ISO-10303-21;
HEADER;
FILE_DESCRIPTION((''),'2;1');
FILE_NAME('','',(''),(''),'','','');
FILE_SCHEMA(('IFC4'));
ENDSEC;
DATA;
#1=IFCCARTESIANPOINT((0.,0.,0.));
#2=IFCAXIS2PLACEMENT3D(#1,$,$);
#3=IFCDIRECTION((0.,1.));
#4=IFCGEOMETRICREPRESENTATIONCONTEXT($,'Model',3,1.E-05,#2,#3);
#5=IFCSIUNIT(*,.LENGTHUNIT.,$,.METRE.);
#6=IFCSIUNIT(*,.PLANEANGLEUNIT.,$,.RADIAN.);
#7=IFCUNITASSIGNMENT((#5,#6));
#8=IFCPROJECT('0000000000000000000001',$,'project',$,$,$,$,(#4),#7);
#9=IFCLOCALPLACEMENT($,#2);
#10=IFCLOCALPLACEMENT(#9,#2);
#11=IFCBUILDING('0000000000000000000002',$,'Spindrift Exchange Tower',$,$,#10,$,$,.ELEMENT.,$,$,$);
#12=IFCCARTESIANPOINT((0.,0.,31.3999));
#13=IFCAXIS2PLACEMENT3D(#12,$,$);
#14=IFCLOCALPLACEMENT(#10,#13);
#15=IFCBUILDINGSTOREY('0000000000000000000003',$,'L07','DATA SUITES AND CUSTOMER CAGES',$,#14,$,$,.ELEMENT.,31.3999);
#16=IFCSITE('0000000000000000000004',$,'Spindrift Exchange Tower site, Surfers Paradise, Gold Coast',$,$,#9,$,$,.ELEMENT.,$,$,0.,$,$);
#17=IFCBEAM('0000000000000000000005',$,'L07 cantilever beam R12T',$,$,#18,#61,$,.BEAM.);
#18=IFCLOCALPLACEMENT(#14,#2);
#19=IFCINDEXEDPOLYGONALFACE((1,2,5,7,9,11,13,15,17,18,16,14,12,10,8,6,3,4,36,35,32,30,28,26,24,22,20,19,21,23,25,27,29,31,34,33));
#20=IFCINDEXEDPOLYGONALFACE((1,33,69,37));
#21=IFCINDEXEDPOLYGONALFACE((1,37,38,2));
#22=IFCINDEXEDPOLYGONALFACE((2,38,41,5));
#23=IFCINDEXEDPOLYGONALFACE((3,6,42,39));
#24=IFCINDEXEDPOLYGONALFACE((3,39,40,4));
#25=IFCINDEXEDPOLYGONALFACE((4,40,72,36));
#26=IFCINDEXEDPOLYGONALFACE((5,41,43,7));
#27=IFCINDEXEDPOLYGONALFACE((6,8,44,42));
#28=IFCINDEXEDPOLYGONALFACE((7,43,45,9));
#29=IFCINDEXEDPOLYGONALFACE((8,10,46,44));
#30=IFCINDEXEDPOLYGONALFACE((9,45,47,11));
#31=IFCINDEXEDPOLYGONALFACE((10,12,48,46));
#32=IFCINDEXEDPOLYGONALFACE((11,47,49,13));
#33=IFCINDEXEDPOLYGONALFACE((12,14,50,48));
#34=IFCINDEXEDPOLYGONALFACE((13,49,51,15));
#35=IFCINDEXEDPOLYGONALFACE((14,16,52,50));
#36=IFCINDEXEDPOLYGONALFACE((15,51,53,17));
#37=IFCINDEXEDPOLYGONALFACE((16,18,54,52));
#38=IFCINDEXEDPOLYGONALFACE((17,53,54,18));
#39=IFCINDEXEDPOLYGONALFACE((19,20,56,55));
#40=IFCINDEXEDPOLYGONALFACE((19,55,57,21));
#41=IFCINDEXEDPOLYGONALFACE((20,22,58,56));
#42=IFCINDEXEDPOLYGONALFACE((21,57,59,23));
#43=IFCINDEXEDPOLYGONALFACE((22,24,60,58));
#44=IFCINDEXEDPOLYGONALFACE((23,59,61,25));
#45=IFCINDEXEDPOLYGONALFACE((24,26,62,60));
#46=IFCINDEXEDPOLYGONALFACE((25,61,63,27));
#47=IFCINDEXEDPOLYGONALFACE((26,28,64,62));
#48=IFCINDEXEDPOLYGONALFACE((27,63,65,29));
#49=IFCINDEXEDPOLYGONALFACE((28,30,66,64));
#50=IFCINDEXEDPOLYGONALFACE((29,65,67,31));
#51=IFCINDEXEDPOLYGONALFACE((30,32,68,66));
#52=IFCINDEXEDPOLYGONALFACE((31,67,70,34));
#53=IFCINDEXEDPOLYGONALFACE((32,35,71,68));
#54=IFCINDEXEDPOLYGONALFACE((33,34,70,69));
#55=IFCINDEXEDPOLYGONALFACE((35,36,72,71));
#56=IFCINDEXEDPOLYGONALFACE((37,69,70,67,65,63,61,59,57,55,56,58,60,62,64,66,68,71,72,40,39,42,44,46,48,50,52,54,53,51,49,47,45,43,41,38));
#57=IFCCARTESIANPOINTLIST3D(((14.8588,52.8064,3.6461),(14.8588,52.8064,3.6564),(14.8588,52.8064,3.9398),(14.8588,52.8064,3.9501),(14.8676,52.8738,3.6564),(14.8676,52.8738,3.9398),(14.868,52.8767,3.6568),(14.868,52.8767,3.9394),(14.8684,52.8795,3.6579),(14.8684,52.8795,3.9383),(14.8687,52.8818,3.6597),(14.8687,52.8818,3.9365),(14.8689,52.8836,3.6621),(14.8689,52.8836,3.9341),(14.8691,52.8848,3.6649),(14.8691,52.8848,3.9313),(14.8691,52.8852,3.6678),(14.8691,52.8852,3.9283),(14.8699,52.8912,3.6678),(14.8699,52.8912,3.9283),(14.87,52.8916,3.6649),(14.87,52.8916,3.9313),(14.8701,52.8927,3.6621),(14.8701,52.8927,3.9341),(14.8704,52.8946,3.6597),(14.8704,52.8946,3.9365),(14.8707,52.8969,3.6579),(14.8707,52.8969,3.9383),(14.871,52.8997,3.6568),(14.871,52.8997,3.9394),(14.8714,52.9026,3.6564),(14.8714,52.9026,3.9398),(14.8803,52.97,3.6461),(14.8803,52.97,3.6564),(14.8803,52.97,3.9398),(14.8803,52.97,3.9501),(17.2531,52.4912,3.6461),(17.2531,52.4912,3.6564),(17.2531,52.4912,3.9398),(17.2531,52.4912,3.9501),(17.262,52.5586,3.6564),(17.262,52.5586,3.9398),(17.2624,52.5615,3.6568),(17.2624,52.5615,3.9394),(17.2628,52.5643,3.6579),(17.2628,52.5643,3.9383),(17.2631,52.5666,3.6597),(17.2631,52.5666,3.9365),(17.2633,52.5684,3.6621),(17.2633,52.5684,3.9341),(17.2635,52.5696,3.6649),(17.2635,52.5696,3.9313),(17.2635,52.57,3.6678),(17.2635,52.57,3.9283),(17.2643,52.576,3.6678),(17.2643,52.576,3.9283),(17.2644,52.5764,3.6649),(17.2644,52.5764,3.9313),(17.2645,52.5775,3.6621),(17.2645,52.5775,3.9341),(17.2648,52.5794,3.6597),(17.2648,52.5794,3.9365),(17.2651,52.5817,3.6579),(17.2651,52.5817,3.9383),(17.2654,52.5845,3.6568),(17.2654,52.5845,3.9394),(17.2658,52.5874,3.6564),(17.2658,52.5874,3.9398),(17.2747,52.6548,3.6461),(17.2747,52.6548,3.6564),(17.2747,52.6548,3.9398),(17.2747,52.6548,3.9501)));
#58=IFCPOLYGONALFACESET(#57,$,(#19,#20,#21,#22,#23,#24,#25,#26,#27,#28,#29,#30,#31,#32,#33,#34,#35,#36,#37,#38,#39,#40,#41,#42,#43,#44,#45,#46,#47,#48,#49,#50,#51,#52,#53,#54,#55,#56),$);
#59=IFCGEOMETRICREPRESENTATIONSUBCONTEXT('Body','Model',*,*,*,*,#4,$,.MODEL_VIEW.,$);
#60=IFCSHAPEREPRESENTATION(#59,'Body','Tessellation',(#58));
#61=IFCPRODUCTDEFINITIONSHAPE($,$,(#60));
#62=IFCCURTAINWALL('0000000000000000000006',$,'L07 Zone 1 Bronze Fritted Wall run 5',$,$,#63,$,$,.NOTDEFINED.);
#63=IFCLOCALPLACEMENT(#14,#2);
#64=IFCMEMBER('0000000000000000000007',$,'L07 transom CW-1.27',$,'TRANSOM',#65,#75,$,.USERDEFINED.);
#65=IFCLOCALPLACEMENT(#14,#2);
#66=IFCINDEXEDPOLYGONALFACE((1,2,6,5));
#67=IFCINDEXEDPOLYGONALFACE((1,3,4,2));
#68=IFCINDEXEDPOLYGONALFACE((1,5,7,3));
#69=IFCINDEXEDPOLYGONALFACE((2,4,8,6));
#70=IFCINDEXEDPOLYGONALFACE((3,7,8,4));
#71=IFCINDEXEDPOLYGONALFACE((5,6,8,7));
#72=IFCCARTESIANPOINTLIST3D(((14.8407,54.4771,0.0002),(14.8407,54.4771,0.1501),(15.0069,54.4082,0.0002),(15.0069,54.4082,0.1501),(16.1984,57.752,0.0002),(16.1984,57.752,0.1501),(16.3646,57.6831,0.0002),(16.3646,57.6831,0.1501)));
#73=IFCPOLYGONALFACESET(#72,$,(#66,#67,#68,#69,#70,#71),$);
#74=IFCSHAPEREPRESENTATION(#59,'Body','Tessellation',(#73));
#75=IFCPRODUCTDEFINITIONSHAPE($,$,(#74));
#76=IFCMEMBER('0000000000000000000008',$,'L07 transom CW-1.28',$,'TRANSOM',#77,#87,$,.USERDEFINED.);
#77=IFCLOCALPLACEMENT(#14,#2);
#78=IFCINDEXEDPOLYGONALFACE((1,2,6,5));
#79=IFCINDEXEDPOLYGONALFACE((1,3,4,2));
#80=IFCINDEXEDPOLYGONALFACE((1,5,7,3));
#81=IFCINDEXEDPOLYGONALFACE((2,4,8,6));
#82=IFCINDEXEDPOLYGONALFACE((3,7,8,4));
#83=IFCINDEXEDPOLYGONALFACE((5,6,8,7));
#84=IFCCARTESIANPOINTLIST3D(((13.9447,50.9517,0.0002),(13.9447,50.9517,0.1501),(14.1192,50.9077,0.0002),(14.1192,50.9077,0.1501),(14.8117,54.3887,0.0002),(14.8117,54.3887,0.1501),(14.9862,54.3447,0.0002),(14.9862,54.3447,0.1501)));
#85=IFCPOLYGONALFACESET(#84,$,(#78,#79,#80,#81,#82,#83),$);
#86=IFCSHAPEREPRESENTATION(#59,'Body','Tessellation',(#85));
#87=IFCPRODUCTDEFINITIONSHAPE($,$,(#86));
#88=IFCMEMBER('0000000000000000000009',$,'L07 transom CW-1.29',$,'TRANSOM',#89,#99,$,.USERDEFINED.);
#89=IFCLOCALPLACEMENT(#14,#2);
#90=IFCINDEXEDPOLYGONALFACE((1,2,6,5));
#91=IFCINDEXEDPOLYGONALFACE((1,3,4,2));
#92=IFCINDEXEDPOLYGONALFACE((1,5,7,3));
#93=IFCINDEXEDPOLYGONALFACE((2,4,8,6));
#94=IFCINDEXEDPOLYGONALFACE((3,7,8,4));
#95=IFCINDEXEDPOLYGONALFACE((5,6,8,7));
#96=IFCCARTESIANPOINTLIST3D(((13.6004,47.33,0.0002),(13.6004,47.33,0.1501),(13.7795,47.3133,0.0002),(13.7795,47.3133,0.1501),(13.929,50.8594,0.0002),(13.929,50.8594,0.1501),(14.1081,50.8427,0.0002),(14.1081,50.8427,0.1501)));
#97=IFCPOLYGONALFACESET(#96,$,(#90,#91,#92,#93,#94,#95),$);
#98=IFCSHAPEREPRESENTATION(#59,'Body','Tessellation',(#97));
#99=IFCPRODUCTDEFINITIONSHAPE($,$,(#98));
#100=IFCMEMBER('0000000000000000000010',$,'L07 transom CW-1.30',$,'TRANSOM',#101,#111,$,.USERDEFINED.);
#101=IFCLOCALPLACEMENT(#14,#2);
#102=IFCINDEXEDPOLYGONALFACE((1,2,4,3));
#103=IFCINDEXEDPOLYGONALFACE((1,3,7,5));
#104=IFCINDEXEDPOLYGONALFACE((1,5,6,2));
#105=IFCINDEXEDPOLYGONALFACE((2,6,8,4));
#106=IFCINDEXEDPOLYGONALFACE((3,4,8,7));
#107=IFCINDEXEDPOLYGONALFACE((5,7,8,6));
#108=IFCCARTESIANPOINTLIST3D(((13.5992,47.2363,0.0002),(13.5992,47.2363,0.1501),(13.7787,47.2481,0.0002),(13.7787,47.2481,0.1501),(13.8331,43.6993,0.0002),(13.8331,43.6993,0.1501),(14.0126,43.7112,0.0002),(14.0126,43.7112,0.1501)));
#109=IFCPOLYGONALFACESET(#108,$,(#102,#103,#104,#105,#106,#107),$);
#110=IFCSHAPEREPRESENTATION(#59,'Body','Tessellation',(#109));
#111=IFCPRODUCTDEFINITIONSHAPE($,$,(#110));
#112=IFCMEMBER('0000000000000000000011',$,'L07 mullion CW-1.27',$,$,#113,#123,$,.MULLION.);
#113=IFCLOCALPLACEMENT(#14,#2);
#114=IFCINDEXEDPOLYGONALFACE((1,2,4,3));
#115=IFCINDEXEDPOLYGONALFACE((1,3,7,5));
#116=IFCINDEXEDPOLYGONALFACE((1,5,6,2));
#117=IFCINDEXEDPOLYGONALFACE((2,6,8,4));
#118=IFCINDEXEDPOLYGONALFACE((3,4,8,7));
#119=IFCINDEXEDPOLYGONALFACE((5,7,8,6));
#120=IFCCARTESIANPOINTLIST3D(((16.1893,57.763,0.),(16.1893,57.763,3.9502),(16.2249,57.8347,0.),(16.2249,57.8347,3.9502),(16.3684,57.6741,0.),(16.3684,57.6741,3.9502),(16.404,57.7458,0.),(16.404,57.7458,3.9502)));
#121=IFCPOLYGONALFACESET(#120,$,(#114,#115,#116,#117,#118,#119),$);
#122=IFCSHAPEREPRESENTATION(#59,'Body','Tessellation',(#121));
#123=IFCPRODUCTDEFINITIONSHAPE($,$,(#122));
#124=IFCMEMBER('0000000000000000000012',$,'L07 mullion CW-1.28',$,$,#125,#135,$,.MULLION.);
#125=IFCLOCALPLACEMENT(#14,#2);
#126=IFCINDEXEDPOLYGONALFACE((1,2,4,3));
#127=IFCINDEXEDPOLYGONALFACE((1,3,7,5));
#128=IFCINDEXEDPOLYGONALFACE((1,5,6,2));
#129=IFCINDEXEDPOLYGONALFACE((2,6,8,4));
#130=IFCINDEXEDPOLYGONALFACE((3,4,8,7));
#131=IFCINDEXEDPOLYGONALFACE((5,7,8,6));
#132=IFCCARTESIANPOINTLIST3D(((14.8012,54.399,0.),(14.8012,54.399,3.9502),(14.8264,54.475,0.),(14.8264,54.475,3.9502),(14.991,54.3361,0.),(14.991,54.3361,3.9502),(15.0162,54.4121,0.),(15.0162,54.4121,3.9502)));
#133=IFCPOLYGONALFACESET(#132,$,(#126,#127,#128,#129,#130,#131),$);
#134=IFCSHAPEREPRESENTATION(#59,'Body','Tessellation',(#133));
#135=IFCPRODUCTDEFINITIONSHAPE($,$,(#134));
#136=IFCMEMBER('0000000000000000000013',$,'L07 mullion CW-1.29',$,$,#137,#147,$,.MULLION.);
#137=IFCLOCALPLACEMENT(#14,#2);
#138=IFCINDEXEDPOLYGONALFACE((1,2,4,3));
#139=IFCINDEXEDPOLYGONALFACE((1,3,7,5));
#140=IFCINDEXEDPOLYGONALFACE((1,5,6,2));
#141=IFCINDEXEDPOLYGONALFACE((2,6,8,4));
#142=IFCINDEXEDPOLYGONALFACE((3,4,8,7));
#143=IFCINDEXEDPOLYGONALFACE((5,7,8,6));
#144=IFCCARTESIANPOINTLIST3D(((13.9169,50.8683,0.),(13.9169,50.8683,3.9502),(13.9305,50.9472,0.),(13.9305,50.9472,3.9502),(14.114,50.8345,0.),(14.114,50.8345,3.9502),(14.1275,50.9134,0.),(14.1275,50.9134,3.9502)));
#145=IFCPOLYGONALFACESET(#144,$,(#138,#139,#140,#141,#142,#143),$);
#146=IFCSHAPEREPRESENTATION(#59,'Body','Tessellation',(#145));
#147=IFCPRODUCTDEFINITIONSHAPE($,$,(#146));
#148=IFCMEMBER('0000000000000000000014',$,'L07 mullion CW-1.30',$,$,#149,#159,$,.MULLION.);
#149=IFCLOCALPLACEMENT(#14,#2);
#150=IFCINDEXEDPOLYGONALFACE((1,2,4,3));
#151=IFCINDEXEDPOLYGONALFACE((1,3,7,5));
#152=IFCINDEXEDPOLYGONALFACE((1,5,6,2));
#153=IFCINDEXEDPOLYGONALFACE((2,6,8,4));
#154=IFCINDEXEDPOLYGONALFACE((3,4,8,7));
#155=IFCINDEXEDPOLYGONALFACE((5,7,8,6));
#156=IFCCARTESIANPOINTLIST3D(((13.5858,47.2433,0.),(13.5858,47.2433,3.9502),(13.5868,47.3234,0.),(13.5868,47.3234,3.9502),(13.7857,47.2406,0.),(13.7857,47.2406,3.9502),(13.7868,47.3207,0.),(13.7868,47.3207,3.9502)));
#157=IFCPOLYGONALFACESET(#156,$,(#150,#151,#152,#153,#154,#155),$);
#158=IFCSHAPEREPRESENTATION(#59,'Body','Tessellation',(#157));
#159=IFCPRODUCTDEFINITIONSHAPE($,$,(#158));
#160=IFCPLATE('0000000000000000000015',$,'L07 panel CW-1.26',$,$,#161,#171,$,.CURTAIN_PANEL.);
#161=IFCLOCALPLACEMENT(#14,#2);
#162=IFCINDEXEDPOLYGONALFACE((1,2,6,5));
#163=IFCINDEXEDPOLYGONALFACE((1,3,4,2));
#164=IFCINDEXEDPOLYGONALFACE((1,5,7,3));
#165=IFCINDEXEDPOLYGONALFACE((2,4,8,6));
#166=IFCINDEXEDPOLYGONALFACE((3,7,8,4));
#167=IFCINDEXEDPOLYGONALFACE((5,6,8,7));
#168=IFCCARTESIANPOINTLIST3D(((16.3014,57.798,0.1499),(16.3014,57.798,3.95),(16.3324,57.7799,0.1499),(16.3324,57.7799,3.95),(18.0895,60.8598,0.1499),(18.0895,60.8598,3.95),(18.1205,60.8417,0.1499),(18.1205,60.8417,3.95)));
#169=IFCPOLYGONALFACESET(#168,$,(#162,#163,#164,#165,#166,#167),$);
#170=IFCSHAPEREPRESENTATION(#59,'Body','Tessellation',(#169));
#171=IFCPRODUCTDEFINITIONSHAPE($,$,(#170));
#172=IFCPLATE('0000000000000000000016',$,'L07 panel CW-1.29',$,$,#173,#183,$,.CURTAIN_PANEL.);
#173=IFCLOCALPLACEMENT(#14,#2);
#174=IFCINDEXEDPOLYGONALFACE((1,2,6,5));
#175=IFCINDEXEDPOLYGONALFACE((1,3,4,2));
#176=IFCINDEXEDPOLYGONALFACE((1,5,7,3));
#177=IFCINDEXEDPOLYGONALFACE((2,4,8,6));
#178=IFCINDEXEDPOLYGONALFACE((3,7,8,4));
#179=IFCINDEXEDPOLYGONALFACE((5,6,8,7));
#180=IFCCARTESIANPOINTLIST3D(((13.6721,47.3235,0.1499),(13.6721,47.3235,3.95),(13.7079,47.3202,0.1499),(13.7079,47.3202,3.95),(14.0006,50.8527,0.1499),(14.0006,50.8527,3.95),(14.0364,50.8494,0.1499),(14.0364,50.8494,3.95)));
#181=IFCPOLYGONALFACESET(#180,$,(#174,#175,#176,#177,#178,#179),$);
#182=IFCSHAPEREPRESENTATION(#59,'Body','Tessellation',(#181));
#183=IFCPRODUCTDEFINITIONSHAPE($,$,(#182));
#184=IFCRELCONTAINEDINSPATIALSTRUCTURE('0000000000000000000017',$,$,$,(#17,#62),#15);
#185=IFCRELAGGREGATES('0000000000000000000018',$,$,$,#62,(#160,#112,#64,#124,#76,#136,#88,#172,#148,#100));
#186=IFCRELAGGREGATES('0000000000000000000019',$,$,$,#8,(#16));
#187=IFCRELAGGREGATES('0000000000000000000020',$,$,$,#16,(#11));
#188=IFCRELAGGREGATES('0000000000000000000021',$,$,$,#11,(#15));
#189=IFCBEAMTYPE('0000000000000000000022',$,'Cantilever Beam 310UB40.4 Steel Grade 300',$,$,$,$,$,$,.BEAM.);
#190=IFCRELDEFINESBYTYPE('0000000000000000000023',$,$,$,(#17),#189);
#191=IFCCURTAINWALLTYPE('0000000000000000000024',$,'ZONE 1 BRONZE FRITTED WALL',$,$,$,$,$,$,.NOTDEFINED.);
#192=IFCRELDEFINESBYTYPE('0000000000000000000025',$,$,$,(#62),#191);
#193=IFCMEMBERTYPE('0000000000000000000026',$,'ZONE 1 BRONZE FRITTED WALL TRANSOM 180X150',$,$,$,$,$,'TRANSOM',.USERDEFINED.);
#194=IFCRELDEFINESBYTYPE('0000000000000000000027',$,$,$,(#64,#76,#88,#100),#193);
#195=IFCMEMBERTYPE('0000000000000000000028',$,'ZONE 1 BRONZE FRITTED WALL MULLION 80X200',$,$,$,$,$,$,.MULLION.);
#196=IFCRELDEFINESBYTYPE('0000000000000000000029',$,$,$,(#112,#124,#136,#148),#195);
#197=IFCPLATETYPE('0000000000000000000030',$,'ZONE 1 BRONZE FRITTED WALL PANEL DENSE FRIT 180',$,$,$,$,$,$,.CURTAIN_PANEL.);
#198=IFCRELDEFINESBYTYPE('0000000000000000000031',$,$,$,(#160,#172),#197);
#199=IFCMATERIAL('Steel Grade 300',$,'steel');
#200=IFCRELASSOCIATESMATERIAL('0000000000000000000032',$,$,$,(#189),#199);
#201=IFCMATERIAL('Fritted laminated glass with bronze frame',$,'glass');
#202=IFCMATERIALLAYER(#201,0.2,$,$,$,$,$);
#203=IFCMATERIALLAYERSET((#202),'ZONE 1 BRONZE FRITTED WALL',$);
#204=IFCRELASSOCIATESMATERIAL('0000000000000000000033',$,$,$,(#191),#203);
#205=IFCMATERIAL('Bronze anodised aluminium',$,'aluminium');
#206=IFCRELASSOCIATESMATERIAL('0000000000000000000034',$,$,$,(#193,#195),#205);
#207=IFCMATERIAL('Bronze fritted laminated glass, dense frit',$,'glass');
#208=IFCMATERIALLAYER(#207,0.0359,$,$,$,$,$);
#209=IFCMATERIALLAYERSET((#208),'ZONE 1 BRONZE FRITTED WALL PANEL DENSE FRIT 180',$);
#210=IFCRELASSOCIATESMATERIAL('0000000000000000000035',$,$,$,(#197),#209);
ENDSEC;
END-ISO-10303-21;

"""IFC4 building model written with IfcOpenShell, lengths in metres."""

from ifc_helpers import new_model, si_unit, direction, frame, origin, origin_2d, place, context, subcontext, project, spatial, rectangle, i_section, extrude, source, transform, mapped, material, layer, layer_set, material_profile, profile_set, type_object, element, aggregate, save


model = new_model("IFC4")

# Units and contexts
model_context = context("Model", 3, precision=1e-05, world=origin(), true_north=direction((0.0, 1.0)))
body_context = subcontext(model_context, "Body", "Model", "MODEL_VIEW")
ifc_project = project(units=[si_unit("LENGTHUNIT", "METRE"), si_unit("PLANEANGLEUNIT", "RADIAN")], contexts=[model_context])

# Site, building, storey
site_placement = place(None, origin())
site = spatial("IfcSite", under=ifc_project, at=site_placement, Name="Spindrift Exchange Tower site, Surfers Paradise, Gold Coast", CompositionType="ELEMENT", RefElevation=0.0)
building_placement = place(site_placement, origin())
building = spatial("IfcBuilding", under=site, at=building_placement, Name="Spindrift Exchange Tower", CompositionType="ELEMENT")
storey_placement = place(building_placement, frame((0.0, 0.0, 31.3999)))
storey = spatial("IfcBuildingStorey", under=building, at=storey_placement, Name="L07", Description="DATA SUITES AND CUSTOMER CAGES", CompositionType="ELEMENT", Elevation=31.3999)

# Beam
ifc_material_1 = material(Name="Steel Grade 300", Category="steel")
ifc_material_profile_1 = material_profile(ifc_material_1, i_section(OverallWidth=0.165, OverallDepth=0.304, WebThickness=0.0061, FlangeThickness=0.0103, FilletRadius=0.0115, at=origin_2d()), Name="310UB40.4")
ifc_profile_set_1 = profile_set([ifc_material_profile_1], Name="Steel Grade 300")
beam_type_1 = type_object("IfcBeamType", Name="Cantilever Beam 310UB40.4 Steel Grade 300", PredefinedType="BEAM", material=ifc_profile_set_1)
shared_shape_1 = source(origin(), body_context, "Body", "SweptSolid", [
    extrude(i_section(OverallWidth=0.165, OverallDepth=0.304, WebThickness=0.0061, FlangeThickness=0.0103, FilletRadius=0.0115, at=origin_2d()), origin(), (0.0, 0.0, 1.0), 2.415),
])
beam_1_placement = place(storey_placement, frame((17.2639, 52.573, 3.7981), z_axis=(-0.991446, 0.130515, 0.0), x_axis=(-0.130515, -0.991446, 0.0)))
element("IfcBeam", 1, at=beam_1_placement, inside=storey, type_object=beam_type_1, Name="L07 cantilever beam R12T", PredefinedType="BEAM", context=body_context, shape_type="MappedRepresentation", body=[
    mapped(shared_shape_1, transform((0.0, 0.0, 0.0), scale=1.0)),
])

# Curtain wall, members, plates
ifc_material_2 = material(Name="Fritted laminated glass with bronze frame", Category="glass")
ifc_layer_1 = layer(ifc_material_2, 0.2)
ifc_layer_set_1 = layer_set([ifc_layer_1], Name="ZONE 1 BRONZE FRITTED WALL")
curtain_wall_type = type_object("IfcCurtainWallType", Name="ZONE 1 BRONZE FRITTED WALL", PredefinedType="NOTDEFINED", material=ifc_layer_set_1)
curtain_wall_placement = place(storey_placement, origin())
curtain_wall = element("IfcCurtainWall", 2, at=curtain_wall_placement, inside=storey, type_object=curtain_wall_type, Name="L07 Zone 1 Bronze Fritted Wall run 5", PredefinedType="NOTDEFINED")
ifc_material_3 = material(Name="Bronze anodised aluminium", Category="aluminium")
ifc_material_profile_2 = material_profile(ifc_material_3, rectangle(XDim=0.1799, YDim=0.1499, at=origin_2d()), Name="ZONE 1 BRONZE FRITTED WALL TRANSOM 180X150")
ifc_profile_set_2 = profile_set([ifc_material_profile_2], Name="Bronze anodised aluminium")
member_type_1 = type_object("IfcMemberType", Name="ZONE 1 BRONZE FRITTED WALL TRANSOM 180X150", ElementType="TRANSOM", PredefinedType="USERDEFINED", material=ifc_profile_set_2)
shared_shape_2 = source(origin(), body_context, "Body", "SweptSolid", [
    extrude(rectangle(XDim=0.1799, YDim=0.1499, at=origin_2d()), origin(), (0.0, 0.0, 1.0), 3.5452),
])
member_1_placement = place(storey_placement, frame((16.2815, 57.7175, 0.0752), z_axis=(-0.382962, -0.923764, 0.0), x_axis=(0.923764, -0.382962, 0.0)))
member_1 = element("IfcMember", 3, at=member_1_placement, type_object=member_type_1, Name="L07 transom CW-1.27", ObjectType="TRANSOM", PredefinedType="USERDEFINED", context=body_context, shape_type="MappedRepresentation", body=[
    mapped(shared_shape_2, transform((0.0, 0.0, 0.0), scale=1.0)),
])
shared_shape_3 = source(origin(), body_context, "Body", "SweptSolid", [
    extrude(rectangle(XDim=0.1799, YDim=0.1499, at=origin_2d()), origin(), (0.0, 0.0, 1.0), 3.5447),
])
member_2_placement = place(storey_placement, frame((14.8989, 54.3667, 0.0752), z_axis=(-0.244577, -0.96963, 0.0), x_axis=(0.96963, -0.244577, 0.0)))
member_2 = element("IfcMember", 4, at=member_2_placement, type_object=member_type_1, Name="L07 transom CW-1.28", ObjectType="TRANSOM", PredefinedType="USERDEFINED", context=body_context, shape_type="MappedRepresentation", body=[
    mapped(shared_shape_3, transform((0.0, 0.0, 0.0), scale=1.0)),
])
member_3_placement = place(storey_placement, frame((14.0186, 50.8511, 0.0752), z_axis=(-0.092709, -0.995693, 0.0), x_axis=(0.995693, -0.092709, 0.0)))
member_3 = element("IfcMember", 5, at=member_3_placement, type_object=member_type_1, Name="L07 transom CW-1.29", ObjectType="TRANSOM", PredefinedType="USERDEFINED", context=body_context, shape_type="MappedRepresentation", body=[
    mapped(shared_shape_3, transform((0.0, 0.0, 0.0), scale=1.0)),
])
member_4_placement = place(storey_placement, frame((13.689, 47.2422, 0.0752), z_axis=(0.065984, -0.997821, 0.0), x_axis=(0.997821, 0.065984, 0.0)))
member_4 = element("IfcMember", 6, at=member_4_placement, type_object=member_type_1, Name="L07 transom CW-1.30", ObjectType="TRANSOM", PredefinedType="USERDEFINED", context=body_context, shape_type="MappedRepresentation", body=[
    mapped(shared_shape_3, transform((0.0, 0.0, 0.0), scale=1.0)),
])
ifc_material_profile_3 = material_profile(ifc_material_3, rectangle(XDim=0.0801, YDim=0.2, at=origin_2d()), Name="ZONE 1 BRONZE FRITTED WALL MULLION 80X200")
ifc_profile_set_3 = profile_set([ifc_material_profile_3], Name="Bronze anodised aluminium")
member_type_2 = type_object("IfcMemberType", Name="ZONE 1 BRONZE FRITTED WALL MULLION 80X200", PredefinedType="MULLION", material=ifc_profile_set_3)
shared_shape_4 = source(origin(), body_context, "Body", "SweptSolid", [
    extrude(rectangle(XDim=0.0801, YDim=0.2, at=origin_2d()), origin(), (0.0, 0.0, 1.0), 3.9502),
])
member_5_placement = place(storey_placement, frame((16.2966, 57.7544, 0.0), z_axis=(0.0, 0.0, 1.0), x_axis=(-0.44462, -0.895719, 0.0)))
member_5 = element("IfcMember", 7, at=member_5_placement, type_object=member_type_2, Name="L07 mullion CW-1.27", PredefinedType="MULLION", context=body_context, shape_type="MappedRepresentation", body=[
    mapped(shared_shape_4, transform((0.0, 0.0, 0.0), scale=1.0)),
])
member_6_placement = place(storey_placement, frame((14.9087, 54.4055, 0.0), z_axis=(0.0, 0.0, 1.0), x_axis=(-0.314556, -0.949239, 0.0)))
member_6 = element("IfcMember", 8, at=member_6_placement, type_object=member_type_2, Name="L07 mullion CW-1.28", PredefinedType="MULLION", context=body_context, shape_type="MappedRepresentation", body=[
    mapped(shared_shape_4, transform((0.0, 0.0, 0.0), scale=1.0)),
])
member_7_placement = place(storey_placement, frame((14.0222, 50.8909, 0.0), z_axis=(0.0, 0.0, 1.0), x_axis=(-0.169108, -0.985597, 0.0)))
member_7 = element("IfcMember", 9, at=member_7_placement, type_object=member_type_2, Name="L07 mullion CW-1.29", PredefinedType="MULLION", context=body_context, shape_type="MappedRepresentation", body=[
    mapped(shared_shape_4, transform((0.0, 0.0, 0.0), scale=1.0)),
])
member_8_placement = place(storey_placement, frame((13.6863, 47.282, 0.0), z_axis=(0.0, 0.0, 1.0), x_axis=(-0.013382, -0.99991, 0.0)))
member_8 = element("IfcMember", 10, at=member_8_placement, type_object=member_type_2, Name="L07 mullion CW-1.30", PredefinedType="MULLION", context=body_context, shape_type="MappedRepresentation", body=[
    mapped(shared_shape_4, transform((0.0, 0.0, 0.0), scale=1.0)),
])
ifc_material_4 = material(Name="Bronze fritted laminated glass, dense frit", Category="glass")
ifc_layer_2 = layer(ifc_material_4, 0.0359)
ifc_layer_set_2 = layer_set([ifc_layer_2], Name="ZONE 1 BRONZE FRITTED WALL PANEL DENSE FRIT 180")
plate_type_1 = type_object("IfcPlateType", Name="ZONE 1 BRONZE FRITTED WALL PANEL DENSE FRIT 180", PredefinedType="CURTAIN_PANEL", material=ifc_layer_set_2)
shared_shape_5 = source(origin(), body_context, "Body", "SweptSolid", [
    extrude(rectangle(XDim=3.5457, YDim=0.0359, at=origin_2d()), origin(), (0.0, 0.0, 1.0), 3.8),
])
plate_1_placement = place(storey_placement, frame((17.2109, 59.3198, 0.1499), z_axis=(0.0, 0.0, 1.0), x_axis=(-0.504291, -0.863534, 0.0)))
plate_1 = element("IfcPlate", 11, at=plate_1_placement, type_object=plate_type_1, Name="L07 panel CW-1.26", PredefinedType="CURTAIN_PANEL", context=body_context, shape_type="MappedRepresentation", body=[
    mapped(shared_shape_5, transform((0.0, 0.0, 0.0), scale=1.0)),
])
shared_shape_6 = source(origin(), body_context, "Body", "SweptSolid", [
    extrude(rectangle(XDim=3.5444, YDim=0.0359, at=origin_2d()), origin(), (0.0, 0.0, 1.0), 3.8),
])
plate_2_placement = place(storey_placement, frame((13.8542, 49.0864, 0.1499), z_axis=(0.0, 0.0, 1.0), x_axis=(-0.092678, -0.995696, 0.0)))
plate_2 = element("IfcPlate", 12, at=plate_2_placement, type_object=plate_type_1, Name="L07 panel CW-1.29", PredefinedType="CURTAIN_PANEL", context=body_context, shape_type="MappedRepresentation", body=[
    mapped(shared_shape_6, transform((0.0, 0.0, 0.0), scale=1.0)),
])
aggregate(curtain_wall, [plate_1, member_5, member_1, member_6, member_2, member_7, member_3, plate_2, member_8, member_4])

save(model, "model.ifc")
